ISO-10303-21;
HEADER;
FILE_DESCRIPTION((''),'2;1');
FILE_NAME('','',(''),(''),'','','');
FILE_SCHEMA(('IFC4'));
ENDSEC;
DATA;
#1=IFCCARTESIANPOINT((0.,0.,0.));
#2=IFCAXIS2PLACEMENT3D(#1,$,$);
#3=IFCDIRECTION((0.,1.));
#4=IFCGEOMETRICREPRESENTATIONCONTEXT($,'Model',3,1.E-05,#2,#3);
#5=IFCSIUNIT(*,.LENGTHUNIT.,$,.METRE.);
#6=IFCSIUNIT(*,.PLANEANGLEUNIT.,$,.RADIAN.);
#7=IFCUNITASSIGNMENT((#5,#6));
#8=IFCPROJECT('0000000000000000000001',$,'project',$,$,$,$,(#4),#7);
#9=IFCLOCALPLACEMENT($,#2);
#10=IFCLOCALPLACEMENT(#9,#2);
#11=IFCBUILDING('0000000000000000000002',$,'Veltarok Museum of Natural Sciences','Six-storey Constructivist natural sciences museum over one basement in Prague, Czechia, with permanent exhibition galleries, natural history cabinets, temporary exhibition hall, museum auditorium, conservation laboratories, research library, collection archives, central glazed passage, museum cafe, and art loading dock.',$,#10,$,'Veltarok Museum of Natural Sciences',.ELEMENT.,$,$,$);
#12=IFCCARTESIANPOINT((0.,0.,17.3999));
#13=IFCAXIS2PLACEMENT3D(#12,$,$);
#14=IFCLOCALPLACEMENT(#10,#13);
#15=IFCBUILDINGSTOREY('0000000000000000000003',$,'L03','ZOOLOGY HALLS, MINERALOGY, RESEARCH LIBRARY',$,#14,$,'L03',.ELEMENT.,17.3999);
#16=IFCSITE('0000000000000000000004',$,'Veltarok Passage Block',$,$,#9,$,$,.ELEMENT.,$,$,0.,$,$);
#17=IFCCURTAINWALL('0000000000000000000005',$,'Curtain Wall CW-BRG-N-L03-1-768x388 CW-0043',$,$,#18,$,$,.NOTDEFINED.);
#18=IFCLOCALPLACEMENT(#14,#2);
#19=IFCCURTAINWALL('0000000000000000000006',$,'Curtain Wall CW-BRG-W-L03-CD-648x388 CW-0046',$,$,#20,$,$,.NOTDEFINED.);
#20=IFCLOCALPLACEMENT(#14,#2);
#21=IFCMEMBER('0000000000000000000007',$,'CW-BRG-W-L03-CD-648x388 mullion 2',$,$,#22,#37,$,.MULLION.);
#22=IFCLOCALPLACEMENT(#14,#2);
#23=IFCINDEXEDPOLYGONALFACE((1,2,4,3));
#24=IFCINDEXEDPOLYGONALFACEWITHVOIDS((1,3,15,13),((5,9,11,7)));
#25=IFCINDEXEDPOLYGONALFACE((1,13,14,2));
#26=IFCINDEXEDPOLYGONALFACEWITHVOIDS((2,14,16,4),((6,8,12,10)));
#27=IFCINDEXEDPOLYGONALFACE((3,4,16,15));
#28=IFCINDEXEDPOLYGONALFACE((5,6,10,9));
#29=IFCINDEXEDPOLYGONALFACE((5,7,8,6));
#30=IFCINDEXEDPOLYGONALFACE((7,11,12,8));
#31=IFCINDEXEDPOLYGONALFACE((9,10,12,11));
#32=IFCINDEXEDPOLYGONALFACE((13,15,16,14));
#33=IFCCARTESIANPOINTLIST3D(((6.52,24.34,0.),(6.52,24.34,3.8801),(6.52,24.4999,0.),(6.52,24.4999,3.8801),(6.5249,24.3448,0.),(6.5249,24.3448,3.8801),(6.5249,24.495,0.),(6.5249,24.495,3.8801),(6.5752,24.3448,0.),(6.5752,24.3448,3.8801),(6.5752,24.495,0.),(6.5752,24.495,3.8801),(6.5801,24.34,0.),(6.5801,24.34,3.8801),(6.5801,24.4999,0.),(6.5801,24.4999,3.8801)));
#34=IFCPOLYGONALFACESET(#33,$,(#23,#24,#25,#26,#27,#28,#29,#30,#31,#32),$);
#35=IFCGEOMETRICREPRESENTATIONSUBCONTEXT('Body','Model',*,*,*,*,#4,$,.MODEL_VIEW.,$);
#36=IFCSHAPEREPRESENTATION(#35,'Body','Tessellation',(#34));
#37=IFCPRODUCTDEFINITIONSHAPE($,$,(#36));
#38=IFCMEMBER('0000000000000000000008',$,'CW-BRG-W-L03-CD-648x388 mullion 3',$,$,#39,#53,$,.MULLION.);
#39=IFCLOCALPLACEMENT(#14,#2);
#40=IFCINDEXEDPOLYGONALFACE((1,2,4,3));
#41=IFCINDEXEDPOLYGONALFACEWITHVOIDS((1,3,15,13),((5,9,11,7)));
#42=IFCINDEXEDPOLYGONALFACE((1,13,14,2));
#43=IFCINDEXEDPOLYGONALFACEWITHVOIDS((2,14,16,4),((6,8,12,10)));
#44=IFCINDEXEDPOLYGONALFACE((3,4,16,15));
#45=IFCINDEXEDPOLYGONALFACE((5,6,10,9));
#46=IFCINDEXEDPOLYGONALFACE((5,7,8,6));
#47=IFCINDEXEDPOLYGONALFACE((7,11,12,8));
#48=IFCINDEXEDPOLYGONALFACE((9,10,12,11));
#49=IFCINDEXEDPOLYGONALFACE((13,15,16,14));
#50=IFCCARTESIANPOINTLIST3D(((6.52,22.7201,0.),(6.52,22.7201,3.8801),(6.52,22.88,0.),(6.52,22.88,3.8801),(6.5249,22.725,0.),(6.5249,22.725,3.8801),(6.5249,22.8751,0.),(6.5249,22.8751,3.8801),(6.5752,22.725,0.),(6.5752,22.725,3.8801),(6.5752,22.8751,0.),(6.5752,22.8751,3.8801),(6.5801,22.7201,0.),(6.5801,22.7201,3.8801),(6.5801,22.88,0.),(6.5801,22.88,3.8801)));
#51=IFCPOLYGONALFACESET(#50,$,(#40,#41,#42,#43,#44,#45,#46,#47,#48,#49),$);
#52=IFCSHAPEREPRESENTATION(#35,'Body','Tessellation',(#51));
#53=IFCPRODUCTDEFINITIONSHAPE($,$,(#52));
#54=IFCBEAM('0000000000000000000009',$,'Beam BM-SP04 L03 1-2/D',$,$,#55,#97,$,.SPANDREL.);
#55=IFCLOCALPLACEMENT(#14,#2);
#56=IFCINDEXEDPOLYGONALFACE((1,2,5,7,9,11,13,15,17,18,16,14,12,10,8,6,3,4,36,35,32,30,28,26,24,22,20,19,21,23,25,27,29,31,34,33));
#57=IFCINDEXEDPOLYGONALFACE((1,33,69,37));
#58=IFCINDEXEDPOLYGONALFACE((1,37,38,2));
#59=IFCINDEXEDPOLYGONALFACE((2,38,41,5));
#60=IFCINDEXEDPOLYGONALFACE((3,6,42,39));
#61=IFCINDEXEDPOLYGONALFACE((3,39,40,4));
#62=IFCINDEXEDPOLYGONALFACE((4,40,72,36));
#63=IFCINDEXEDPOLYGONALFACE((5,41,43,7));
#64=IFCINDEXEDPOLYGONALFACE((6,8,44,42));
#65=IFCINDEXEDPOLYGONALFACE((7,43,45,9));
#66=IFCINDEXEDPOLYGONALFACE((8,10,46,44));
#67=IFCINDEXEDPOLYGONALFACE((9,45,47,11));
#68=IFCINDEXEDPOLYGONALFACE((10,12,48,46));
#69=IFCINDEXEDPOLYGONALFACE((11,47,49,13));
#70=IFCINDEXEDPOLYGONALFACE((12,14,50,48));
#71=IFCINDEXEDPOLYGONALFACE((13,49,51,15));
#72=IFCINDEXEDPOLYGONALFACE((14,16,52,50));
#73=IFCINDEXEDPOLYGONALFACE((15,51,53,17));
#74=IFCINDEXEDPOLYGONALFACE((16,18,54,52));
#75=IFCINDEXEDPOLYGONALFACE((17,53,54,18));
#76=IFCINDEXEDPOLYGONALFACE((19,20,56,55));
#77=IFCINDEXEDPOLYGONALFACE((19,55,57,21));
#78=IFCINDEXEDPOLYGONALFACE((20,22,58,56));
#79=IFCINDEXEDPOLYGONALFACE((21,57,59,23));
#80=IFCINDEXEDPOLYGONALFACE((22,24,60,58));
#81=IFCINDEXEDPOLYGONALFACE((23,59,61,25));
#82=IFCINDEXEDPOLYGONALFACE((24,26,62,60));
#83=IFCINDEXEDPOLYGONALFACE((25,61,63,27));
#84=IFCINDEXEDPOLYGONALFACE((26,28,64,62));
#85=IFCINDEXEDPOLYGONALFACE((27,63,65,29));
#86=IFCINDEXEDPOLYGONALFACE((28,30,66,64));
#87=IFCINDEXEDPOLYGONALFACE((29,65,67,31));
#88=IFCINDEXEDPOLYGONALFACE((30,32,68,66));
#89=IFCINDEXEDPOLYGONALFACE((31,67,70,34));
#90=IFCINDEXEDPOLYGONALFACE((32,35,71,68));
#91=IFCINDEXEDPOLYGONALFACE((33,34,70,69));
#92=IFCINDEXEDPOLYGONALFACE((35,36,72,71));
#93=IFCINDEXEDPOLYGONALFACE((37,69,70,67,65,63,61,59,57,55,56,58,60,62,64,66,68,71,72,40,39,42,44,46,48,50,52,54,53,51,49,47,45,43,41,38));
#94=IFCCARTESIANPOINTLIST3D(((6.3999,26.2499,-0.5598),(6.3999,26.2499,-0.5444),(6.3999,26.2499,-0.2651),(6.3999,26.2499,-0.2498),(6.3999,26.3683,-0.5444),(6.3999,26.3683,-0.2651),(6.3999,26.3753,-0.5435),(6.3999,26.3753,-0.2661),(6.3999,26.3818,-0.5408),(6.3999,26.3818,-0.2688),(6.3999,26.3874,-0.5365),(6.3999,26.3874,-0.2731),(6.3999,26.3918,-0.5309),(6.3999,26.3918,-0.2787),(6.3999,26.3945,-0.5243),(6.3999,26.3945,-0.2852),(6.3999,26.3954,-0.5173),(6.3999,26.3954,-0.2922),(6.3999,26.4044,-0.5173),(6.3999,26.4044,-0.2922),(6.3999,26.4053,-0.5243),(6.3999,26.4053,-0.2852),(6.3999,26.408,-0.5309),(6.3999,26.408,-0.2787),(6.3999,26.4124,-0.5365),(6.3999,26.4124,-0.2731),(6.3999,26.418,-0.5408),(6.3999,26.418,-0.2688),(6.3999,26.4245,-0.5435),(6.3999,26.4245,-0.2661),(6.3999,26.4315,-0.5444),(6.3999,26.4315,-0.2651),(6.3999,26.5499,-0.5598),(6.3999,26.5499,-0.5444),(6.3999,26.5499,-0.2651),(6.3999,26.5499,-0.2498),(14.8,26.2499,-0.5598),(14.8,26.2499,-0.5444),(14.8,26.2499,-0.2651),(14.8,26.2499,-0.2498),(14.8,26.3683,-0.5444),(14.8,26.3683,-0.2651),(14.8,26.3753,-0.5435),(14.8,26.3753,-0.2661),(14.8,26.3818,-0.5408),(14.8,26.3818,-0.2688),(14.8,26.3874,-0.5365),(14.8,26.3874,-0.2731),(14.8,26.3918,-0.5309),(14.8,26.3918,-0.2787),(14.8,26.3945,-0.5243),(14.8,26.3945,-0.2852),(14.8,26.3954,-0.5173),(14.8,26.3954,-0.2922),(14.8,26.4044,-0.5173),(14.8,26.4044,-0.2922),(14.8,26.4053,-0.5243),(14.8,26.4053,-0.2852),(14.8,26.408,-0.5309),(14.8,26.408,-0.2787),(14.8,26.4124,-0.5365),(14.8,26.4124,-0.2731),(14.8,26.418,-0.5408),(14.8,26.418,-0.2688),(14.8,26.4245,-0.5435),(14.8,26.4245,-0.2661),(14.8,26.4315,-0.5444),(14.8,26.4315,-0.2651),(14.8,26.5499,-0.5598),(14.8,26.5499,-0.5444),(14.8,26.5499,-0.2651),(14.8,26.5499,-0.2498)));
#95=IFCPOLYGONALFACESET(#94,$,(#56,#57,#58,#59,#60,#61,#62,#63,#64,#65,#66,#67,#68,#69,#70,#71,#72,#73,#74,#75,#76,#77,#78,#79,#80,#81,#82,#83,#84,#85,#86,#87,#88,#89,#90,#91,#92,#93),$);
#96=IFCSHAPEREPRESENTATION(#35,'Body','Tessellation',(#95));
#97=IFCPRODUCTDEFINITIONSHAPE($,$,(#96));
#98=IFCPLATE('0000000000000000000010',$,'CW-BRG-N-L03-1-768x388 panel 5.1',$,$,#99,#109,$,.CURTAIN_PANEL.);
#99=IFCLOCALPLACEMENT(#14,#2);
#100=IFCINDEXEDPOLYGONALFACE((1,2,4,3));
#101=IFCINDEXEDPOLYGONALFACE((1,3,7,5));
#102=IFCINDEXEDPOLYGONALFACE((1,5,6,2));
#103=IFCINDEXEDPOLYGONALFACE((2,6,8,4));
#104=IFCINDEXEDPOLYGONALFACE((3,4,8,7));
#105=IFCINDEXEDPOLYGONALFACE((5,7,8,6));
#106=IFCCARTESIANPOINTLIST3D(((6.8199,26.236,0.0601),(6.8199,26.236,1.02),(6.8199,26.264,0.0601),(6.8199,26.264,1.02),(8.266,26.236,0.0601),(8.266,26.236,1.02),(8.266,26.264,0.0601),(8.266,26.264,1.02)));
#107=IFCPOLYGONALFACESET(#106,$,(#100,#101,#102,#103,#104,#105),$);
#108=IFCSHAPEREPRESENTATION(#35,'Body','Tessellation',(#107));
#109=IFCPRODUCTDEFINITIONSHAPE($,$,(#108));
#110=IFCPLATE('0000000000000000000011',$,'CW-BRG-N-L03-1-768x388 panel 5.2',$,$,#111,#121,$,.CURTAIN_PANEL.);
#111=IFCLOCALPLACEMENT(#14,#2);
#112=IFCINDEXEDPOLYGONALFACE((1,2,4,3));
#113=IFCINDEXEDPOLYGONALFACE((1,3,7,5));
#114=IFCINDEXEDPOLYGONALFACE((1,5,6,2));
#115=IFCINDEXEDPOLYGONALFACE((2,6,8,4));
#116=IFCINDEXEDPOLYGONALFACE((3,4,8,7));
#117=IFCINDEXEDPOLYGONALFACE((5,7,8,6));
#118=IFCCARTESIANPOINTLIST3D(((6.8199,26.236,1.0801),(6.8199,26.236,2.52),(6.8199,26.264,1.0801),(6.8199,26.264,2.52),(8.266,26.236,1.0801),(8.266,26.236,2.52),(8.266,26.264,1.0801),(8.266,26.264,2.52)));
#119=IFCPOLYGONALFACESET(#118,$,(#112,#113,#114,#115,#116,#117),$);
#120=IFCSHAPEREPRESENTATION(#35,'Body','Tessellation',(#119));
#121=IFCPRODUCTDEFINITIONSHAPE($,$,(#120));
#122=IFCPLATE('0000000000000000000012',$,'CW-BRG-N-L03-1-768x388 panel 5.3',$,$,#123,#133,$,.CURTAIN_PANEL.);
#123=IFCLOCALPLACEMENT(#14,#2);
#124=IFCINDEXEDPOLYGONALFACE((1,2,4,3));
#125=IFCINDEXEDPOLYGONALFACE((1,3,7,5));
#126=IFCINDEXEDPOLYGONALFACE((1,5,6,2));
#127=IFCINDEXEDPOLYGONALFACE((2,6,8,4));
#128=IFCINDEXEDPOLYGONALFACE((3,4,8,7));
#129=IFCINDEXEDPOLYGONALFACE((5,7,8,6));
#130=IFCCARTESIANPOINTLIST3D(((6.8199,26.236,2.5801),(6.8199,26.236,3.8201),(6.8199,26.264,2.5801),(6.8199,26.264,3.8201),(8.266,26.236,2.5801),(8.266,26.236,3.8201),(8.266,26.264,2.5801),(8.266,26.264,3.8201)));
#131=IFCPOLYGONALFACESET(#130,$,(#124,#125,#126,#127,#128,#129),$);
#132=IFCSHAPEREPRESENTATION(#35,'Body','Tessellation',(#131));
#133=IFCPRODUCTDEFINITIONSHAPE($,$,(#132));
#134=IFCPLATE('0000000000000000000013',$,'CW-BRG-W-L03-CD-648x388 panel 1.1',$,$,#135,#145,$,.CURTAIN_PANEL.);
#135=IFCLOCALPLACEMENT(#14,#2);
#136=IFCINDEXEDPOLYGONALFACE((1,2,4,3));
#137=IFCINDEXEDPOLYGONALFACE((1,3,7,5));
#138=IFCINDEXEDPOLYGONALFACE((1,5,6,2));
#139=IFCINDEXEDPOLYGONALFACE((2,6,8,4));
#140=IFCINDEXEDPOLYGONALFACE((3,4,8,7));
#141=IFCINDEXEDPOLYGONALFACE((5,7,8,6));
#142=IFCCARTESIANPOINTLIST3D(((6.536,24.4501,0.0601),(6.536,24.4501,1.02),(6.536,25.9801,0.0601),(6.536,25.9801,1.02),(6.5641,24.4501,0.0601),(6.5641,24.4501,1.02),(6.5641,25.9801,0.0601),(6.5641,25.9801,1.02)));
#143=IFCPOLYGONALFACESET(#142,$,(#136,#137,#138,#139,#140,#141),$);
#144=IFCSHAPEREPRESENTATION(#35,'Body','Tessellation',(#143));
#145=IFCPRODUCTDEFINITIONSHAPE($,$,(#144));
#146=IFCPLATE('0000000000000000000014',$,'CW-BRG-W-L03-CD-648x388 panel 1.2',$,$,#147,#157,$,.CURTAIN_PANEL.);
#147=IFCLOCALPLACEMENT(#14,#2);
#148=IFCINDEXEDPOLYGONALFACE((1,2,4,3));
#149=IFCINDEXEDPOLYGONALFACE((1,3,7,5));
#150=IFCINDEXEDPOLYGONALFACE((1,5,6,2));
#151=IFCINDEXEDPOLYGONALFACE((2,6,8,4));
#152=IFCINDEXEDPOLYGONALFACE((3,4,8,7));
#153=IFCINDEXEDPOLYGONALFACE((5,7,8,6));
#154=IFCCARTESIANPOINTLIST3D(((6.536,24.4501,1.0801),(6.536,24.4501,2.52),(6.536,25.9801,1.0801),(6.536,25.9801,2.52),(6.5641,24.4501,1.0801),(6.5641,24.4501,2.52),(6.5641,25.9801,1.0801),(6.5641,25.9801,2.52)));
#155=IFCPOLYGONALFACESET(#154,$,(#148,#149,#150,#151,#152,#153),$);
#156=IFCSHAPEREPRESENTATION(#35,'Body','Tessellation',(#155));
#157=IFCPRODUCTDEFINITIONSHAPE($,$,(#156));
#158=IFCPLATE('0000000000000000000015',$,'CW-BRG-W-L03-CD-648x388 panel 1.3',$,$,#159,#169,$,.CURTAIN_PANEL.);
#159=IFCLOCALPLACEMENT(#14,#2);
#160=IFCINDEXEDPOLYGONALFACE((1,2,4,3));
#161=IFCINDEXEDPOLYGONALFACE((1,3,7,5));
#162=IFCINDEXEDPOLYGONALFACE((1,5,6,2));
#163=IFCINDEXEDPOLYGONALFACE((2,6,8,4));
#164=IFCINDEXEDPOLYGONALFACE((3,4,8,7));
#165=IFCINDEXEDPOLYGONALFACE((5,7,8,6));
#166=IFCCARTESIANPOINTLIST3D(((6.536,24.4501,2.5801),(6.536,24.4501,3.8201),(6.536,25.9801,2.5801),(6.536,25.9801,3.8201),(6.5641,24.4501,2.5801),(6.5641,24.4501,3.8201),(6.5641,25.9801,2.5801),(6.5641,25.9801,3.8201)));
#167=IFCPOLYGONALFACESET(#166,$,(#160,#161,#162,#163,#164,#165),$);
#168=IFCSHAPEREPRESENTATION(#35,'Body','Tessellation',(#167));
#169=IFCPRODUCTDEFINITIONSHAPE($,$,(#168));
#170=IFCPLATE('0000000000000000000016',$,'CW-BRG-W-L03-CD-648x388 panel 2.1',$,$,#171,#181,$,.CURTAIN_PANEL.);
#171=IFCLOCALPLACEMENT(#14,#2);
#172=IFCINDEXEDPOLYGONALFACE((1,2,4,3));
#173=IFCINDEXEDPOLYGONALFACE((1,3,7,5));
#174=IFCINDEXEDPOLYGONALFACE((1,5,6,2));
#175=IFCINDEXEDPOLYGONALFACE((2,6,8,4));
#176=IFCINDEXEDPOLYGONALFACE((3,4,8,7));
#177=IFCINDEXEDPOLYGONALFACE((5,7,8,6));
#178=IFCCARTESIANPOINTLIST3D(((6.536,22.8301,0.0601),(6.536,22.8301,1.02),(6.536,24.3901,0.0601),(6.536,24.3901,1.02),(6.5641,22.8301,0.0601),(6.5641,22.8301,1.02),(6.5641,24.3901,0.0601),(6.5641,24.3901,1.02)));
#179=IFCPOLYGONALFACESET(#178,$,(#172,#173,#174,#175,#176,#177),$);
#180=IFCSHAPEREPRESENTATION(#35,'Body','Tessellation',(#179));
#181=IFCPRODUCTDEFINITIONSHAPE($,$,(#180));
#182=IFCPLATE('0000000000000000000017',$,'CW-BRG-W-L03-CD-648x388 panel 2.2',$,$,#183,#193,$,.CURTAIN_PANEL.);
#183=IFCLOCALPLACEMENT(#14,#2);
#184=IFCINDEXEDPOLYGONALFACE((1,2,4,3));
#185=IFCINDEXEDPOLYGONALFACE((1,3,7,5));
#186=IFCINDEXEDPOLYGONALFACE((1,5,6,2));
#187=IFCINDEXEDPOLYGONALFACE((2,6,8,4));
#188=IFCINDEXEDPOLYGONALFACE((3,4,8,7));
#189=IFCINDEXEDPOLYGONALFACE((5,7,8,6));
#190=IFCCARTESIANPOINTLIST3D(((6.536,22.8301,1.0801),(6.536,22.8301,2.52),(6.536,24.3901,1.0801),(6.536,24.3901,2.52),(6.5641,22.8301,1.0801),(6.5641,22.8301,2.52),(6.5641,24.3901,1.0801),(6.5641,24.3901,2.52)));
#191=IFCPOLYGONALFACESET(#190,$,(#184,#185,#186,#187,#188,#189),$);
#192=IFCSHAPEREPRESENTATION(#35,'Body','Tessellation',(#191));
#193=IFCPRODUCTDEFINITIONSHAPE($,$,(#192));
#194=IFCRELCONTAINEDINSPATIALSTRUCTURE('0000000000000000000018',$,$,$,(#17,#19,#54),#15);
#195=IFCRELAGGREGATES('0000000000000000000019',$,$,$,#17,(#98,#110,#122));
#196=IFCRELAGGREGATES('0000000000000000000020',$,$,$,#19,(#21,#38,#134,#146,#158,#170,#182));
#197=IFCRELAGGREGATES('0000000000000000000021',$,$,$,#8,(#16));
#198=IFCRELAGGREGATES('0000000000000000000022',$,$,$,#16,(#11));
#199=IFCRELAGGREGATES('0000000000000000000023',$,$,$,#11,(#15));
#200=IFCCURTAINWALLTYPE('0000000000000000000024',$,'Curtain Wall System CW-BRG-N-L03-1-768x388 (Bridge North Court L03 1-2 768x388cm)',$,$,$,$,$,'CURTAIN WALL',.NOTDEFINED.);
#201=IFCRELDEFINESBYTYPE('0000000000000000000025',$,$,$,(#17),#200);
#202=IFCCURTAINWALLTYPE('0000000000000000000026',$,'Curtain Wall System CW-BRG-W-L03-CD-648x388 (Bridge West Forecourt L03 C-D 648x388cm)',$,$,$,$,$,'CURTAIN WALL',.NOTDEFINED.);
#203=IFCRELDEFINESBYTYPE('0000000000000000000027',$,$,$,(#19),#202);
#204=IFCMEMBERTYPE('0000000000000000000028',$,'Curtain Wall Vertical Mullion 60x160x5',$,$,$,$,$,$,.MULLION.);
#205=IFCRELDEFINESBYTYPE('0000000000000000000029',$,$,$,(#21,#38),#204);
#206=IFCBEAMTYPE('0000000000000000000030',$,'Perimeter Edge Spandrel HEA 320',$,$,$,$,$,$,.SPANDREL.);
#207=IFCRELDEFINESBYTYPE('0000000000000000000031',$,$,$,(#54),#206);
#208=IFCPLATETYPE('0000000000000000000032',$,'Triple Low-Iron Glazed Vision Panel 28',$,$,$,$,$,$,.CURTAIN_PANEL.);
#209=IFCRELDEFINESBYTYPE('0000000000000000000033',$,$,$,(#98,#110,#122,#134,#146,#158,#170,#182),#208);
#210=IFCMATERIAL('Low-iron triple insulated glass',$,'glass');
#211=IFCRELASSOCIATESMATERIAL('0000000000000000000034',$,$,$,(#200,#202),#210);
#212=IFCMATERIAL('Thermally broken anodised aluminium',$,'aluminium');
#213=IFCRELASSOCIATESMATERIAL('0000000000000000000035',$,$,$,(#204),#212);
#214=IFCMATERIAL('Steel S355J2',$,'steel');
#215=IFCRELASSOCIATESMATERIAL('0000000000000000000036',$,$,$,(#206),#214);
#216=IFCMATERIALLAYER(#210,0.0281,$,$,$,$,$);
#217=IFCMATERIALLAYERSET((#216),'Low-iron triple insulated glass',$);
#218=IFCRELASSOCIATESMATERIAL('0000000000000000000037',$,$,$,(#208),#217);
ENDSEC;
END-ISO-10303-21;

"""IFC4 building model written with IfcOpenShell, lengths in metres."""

from ifc_helpers import new_model, si_unit, direction, frame, origin, origin_2d, place, context, subcontext, project, spatial, rectangle, hollow_rectangle, i_section, extrude, material, layer, layer_set, material_profile, profile_set, type_object, element, aggregate, save


model = new_model("IFC4")

# Units and contexts
model_context = context("Model", 3, precision=1e-05, world=origin(), true_north=direction((0.0, 1.0)))
body_context = subcontext(model_context, "Body", "Model", "MODEL_VIEW")
ifc_project = project(units=[si_unit("LENGTHUNIT", "METRE"), si_unit("PLANEANGLEUNIT", "RADIAN")], contexts=[model_context])

# Site, building, storey
site_placement = place(None, origin())
site = spatial("IfcSite", under=ifc_project, at=site_placement, Name="Veltarok Passage Block", CompositionType="ELEMENT", RefElevation=0.0)
building_placement = place(site_placement, origin())
building = spatial("IfcBuilding", under=site, at=building_placement, Name="Veltarok Museum of Natural Sciences", Description="Six-storey Constructivist natural sciences museum over one basement in Prague, Czechia, with permanent exhibition galleries, natural history cabinets, temporary exhibition hall, museum auditorium, conservation laboratories, research library, collection archives, central glazed passage, museum cafe, and art loading dock.", LongName="Veltarok Museum of Natural Sciences", CompositionType="ELEMENT")
storey_placement = place(building_placement, frame((0.0, 0.0, 17.3999)))
storey = spatial("IfcBuildingStorey", under=building, at=storey_placement, Name="L03", Description="ZOOLOGY HALLS, MINERALOGY, RESEARCH LIBRARY", LongName="L03", CompositionType="ELEMENT", Elevation=17.3999)

# Shared definitions
ifc_material_1 = material(Name="Steel S355J2", Category="steel")

# Curtain walls
ifc_material_2 = material(Name="Low-iron triple insulated glass", Category="glass")
curtain_wall_type_1 = type_object("IfcCurtainWallType", Name="Curtain Wall System CW-BRG-N-L03-1-768x388 (Bridge North Court L03 1-2 768x388cm)", ElementType="CURTAIN WALL", PredefinedType="NOTDEFINED", material=ifc_material_2)
curtain_wall_1_placement = place(storey_placement, origin())
curtain_wall_1 = element("IfcCurtainWall", 1, at=curtain_wall_1_placement, inside=storey, type_object=curtain_wall_type_1, Name="Curtain Wall CW-BRG-N-L03-1-768x388 CW-0043", PredefinedType="NOTDEFINED")
ifc_material_3 = material(Name="Thermally broken anodised aluminium", Category="aluminium")
curtain_wall_type_2 = type_object("IfcCurtainWallType", Name="Curtain Wall System CW-BRG-W-L03-CD-648x388 (Bridge West Forecourt L03 C-D 648x388cm)", ElementType="CURTAIN WALL", PredefinedType="NOTDEFINED", material=ifc_material_2)
curtain_wall_2_placement = place(storey_placement, origin())
curtain_wall_2 = element("IfcCurtainWall", 2, at=curtain_wall_2_placement, inside=storey, type_object=curtain_wall_type_2, Name="Curtain Wall CW-BRG-W-L03-CD-648x388 CW-0046", PredefinedType="NOTDEFINED")

# Members
ifc_material_profile_1 = material_profile(ifc_material_3, hollow_rectangle(XDim=0.0601, YDim=0.1599, WallThickness=0.0049, at=origin_2d()), Name="CW MULLION 60x160x5")
ifc_profile_set_1 = profile_set([ifc_material_profile_1], Name="Thermally broken anodised aluminium")
member_type_1 = type_object("IfcMemberType", Name="Curtain Wall Vertical Mullion 60x160x5", PredefinedType="MULLION", material=ifc_profile_set_1)
member_1_placement = place(storey_placement, frame((6.55, 24.4199, 0.0), z_axis=(0.0, 0.0, 1.0), x_axis=(1.0, 0.0, 0.0)))
member_1 = element("IfcMember", 3, at=member_1_placement, type_object=member_type_1, Name="CW-BRG-W-L03-CD-648x388 mullion 2", PredefinedType="MULLION", context=body_context, shape_type="SweptSolid", body=[
    extrude(hollow_rectangle(XDim=0.0601, YDim=0.1599, WallThickness=0.0049, at=origin_2d()), origin(), (0.0, 0.0, 1.0), 3.8801),
])
member_2_placement = place(storey_placement, frame((6.55, 22.8, 0.0), z_axis=(0.0, 0.0, 1.0), x_axis=(1.0, 0.0, 0.0)))
member_2 = element("IfcMember", 4, at=member_2_placement, type_object=member_type_1, Name="CW-BRG-W-L03-CD-648x388 mullion 3", PredefinedType="MULLION", context=body_context, shape_type="SweptSolid", body=[
    extrude(hollow_rectangle(XDim=0.0601, YDim=0.1599, WallThickness=0.0049, at=origin_2d()), origin(), (0.0, 0.0, 1.0), 3.8801),
])

# Beam
ifc_material_profile_2 = material_profile(ifc_material_1, i_section(OverallWidth=0.3, OverallDepth=0.3101, WebThickness=0.009, FlangeThickness=0.0154, FilletRadius=0.0271, at=origin_2d()), Name="HEA 320")
ifc_profile_set_2 = profile_set([ifc_material_profile_2], Name="Steel S355J2")
beam_type = type_object("IfcBeamType", Name="Perimeter Edge Spandrel HEA 320", PredefinedType="SPANDREL", material=ifc_profile_set_2)
beam_placement = place(storey_placement, frame((6.3999, 26.3999, -0.4048), z_axis=(1.0, 0.0, 0.0), x_axis=(0.0, 1.0, 0.0)))
element("IfcBeam", 5, at=beam_placement, inside=storey, type_object=beam_type, Name="Beam BM-SP04 L03 1-2/D", PredefinedType="SPANDREL", context=body_context, shape_type="SweptSolid", body=[
    extrude(i_section(OverallWidth=0.3, OverallDepth=0.3101, WebThickness=0.009, FlangeThickness=0.0154, FilletRadius=0.0271, at=origin_2d()), origin(), (0.0, 0.0, 1.0), 8.4001),
])

# Plates
ifc_layer = layer(ifc_material_2, 0.0281)
ifc_layer_set = layer_set([ifc_layer], Name="Low-iron triple insulated glass")
plate_type = type_object("IfcPlateType", Name="Triple Low-Iron Glazed Vision Panel 28", PredefinedType="CURTAIN_PANEL", material=ifc_layer_set)
plate_1_placement = place(storey_placement, frame((7.543, 26.25, 0.0601), z_axis=(0.0, 0.0, 1.0), x_axis=(-1.0, 0.0, 0.0)))
plate_1 = element("IfcPlate", 6, at=plate_1_placement, type_object=plate_type, Name="CW-BRG-N-L03-1-768x388 panel 5.1", PredefinedType="CURTAIN_PANEL", context=body_context, shape_type="SweptSolid", body=[
    extrude(rectangle(XDim=1.446, YDim=0.0281, at=origin_2d()), origin(), (0.0, 0.0, 1.0), 0.96),
])
plate_2_placement = place(storey_placement, frame((7.543, 26.25, 1.0801), z_axis=(0.0, 0.0, 1.0), x_axis=(-1.0, 0.0, 0.0)))
plate_2 = element("IfcPlate", 7, at=plate_2_placement, type_object=plate_type, Name="CW-BRG-N-L03-1-768x388 panel 5.2", PredefinedType="CURTAIN_PANEL", context=body_context, shape_type="SweptSolid", body=[
    extrude(rectangle(XDim=1.446, YDim=0.0281, at=origin_2d()), origin(), (0.0, 0.0, 1.0), 1.4399),
])
plate_3_placement = place(storey_placement, frame((7.543, 26.25, 2.5801), z_axis=(0.0, 0.0, 1.0), x_axis=(-1.0, 0.0, 0.0)))
plate_3 = element("IfcPlate", 8, at=plate_3_placement, type_object=plate_type, Name="CW-BRG-N-L03-1-768x388 panel 5.3", PredefinedType="CURTAIN_PANEL", context=body_context, shape_type="SweptSolid", body=[
    extrude(rectangle(XDim=1.446, YDim=0.0281, at=origin_2d()), origin(), (0.0, 0.0, 1.0), 1.24),
])
aggregate(curtain_wall_1, [plate_1, plate_2, plate_3])
plate_4_placement = place(storey_placement, frame((6.55, 25.2151, 0.0601), z_axis=(0.0, 0.0, 1.0), x_axis=(0.0, -1.0, 0.0)))
plate_4 = element("IfcPlate", 9, at=plate_4_placement, type_object=plate_type, Name="CW-BRG-W-L03-CD-648x388 panel 1.1", PredefinedType="CURTAIN_PANEL", context=body_context, shape_type="SweptSolid", body=[
    extrude(rectangle(XDim=1.53, YDim=0.0281, at=origin_2d()), origin(), (0.0, 0.0, 1.0), 0.96),
])
plate_5_placement = place(storey_placement, frame((6.55, 25.2151, 1.0801), z_axis=(0.0, 0.0, 1.0), x_axis=(0.0, -1.0, 0.0)))
plate_5 = element("IfcPlate", 10, at=plate_5_placement, type_object=plate_type, Name="CW-BRG-W-L03-CD-648x388 panel 1.2", PredefinedType="CURTAIN_PANEL", context=body_context, shape_type="SweptSolid", body=[
    extrude(rectangle(XDim=1.53, YDim=0.0281, at=origin_2d()), origin(), (0.0, 0.0, 1.0), 1.4399),
])
plate_6_placement = place(storey_placement, frame((6.55, 25.2151, 2.5801), z_axis=(0.0, 0.0, 1.0), x_axis=(0.0, -1.0, 0.0)))
plate_6 = element("IfcPlate", 11, at=plate_6_placement, type_object=plate_type, Name="CW-BRG-W-L03-CD-648x388 panel 1.3", PredefinedType="CURTAIN_PANEL", context=body_context, shape_type="SweptSolid", body=[
    extrude(rectangle(XDim=1.53, YDim=0.0281, at=origin_2d()), origin(), (0.0, 0.0, 1.0), 1.24),
])
plate_7_placement = place(storey_placement, frame((6.55, 23.6101, 0.0601), z_axis=(0.0, 0.0, 1.0), x_axis=(0.0, -1.0, 0.0)))
plate_7 = element("IfcPlate", 12, at=plate_7_placement, type_object=plate_type, Name="CW-BRG-W-L03-CD-648x388 panel 2.1", PredefinedType="CURTAIN_PANEL", context=body_context, shape_type="SweptSolid", body=[
    extrude(rectangle(XDim=1.5601, YDim=0.0281, at=origin_2d()), origin(), (0.0, 0.0, 1.0), 0.96),
])
plate_8_placement = place(storey_placement, frame((6.55, 23.6101, 1.0801), z_axis=(0.0, 0.0, 1.0), x_axis=(0.0, -1.0, 0.0)))
plate_8 = element("IfcPlate", 13, at=plate_8_placement, type_object=plate_type, Name="CW-BRG-W-L03-CD-648x388 panel 2.2", PredefinedType="CURTAIN_PANEL", context=body_context, shape_type="SweptSolid", body=[
    extrude(rectangle(XDim=1.5601, YDim=0.0281, at=origin_2d()), origin(), (0.0, 0.0, 1.0), 1.4399),
])
aggregate(curtain_wall_2, [member_1, member_2, plate_4, plate_5, plate_6, plate_7, plate_8])

save(model, "model.ifc")
